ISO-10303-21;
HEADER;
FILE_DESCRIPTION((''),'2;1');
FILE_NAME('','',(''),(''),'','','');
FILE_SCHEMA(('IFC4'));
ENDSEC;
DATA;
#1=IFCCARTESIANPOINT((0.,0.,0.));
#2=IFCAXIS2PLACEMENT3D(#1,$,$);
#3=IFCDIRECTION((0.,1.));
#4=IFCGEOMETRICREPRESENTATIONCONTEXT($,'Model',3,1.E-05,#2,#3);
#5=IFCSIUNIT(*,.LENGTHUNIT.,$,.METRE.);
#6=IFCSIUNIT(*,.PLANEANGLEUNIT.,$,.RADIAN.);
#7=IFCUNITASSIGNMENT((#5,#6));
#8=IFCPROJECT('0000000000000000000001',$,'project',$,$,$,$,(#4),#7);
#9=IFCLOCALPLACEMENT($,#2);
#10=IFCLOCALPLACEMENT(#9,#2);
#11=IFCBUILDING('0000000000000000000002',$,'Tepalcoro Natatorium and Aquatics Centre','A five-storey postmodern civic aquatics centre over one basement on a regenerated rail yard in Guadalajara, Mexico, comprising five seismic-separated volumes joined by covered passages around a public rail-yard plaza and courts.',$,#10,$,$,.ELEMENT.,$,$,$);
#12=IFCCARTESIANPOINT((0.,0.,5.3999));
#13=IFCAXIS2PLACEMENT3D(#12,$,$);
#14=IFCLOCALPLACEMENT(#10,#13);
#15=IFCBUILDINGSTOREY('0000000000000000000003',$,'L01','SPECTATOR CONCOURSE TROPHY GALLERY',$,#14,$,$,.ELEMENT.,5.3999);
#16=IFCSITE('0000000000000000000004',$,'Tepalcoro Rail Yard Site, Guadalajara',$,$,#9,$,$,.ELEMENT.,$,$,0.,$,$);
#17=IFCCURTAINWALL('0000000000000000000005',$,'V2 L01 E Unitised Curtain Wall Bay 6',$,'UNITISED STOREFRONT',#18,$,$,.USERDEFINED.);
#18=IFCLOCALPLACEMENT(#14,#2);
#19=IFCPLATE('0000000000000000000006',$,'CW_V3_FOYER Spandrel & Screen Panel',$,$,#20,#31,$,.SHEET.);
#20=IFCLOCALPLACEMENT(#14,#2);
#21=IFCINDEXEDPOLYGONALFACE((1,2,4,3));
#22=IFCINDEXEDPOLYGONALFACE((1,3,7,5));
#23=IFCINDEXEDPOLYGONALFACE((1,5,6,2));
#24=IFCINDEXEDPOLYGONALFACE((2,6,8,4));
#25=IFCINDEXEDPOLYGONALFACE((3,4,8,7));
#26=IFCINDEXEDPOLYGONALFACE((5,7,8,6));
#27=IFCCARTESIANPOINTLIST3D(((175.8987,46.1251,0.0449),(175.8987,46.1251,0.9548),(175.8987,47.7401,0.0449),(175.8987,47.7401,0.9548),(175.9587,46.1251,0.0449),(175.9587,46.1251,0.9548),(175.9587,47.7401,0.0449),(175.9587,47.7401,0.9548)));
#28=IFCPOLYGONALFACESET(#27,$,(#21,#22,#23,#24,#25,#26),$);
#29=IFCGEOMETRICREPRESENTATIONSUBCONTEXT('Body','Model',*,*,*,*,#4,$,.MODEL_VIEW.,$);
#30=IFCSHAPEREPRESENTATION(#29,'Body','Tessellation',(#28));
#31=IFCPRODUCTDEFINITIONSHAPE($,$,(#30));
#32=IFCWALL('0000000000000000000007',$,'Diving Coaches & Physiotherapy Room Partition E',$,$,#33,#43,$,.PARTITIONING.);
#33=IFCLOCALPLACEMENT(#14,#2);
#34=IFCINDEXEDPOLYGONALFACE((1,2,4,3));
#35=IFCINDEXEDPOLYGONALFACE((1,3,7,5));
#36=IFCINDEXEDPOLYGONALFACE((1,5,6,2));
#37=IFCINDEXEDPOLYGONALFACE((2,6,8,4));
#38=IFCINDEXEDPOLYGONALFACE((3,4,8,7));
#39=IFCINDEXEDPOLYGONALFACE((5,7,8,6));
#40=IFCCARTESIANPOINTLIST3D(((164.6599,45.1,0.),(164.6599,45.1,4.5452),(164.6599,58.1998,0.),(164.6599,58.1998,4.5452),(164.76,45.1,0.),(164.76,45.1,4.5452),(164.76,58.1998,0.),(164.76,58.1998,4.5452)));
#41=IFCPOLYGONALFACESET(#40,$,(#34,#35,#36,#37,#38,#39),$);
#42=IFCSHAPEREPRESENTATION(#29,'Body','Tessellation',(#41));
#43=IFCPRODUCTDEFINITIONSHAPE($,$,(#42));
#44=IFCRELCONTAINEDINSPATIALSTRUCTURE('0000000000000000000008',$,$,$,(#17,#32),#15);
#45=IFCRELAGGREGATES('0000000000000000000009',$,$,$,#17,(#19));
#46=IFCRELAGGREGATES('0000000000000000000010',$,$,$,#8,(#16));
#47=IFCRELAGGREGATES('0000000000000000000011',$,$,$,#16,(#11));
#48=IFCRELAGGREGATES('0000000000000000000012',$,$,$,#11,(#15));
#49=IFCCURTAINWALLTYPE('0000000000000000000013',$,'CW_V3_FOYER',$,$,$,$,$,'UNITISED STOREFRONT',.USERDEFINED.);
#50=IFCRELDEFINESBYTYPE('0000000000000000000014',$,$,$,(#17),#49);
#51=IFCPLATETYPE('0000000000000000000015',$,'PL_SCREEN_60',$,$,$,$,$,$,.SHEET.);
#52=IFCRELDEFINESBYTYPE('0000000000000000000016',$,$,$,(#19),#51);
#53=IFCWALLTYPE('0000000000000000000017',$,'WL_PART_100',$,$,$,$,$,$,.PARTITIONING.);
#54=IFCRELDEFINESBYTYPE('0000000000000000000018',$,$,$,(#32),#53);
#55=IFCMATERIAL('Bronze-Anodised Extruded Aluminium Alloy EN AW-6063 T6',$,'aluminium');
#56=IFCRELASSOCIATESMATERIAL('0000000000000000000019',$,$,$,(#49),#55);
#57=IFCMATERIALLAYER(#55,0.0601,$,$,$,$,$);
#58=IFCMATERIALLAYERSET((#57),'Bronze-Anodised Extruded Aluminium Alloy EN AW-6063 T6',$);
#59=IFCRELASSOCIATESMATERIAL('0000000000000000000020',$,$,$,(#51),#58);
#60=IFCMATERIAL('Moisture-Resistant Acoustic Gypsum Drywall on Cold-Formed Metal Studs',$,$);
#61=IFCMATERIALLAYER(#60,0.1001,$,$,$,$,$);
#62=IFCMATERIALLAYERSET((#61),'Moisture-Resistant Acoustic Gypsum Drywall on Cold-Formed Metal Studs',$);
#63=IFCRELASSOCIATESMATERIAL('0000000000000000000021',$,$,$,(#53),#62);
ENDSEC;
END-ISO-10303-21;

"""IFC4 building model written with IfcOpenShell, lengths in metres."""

from ifc_helpers import new_model, si_unit, direction, frame, frame_2d, origin, origin_2d, place, context, subcontext, project, spatial, rectangle, extrude, material, layer, layer_set, type_object, element, aggregate, save


model = new_model("IFC4")

# Units and contexts
model_context = context("Model", 3, precision=1e-05, world=origin(), true_north=direction((0.0, 1.0)))
body_context = subcontext(model_context, "Body", "Model", "MODEL_VIEW")
ifc_project = project(units=[si_unit("LENGTHUNIT", "METRE"), si_unit("PLANEANGLEUNIT", "RADIAN")], contexts=[model_context])

# Site, building, storey
site_placement = place(None, origin())
site = spatial("IfcSite", under=ifc_project, at=site_placement, Name="Tepalcoro Rail Yard Site, Guadalajara", CompositionType="ELEMENT", RefElevation=0.0)
building_placement = place(site_placement, origin())
building = spatial("IfcBuilding", under=site, at=building_placement, Name="Tepalcoro Natatorium and Aquatics Centre", Description="A five-storey postmodern civic aquatics centre over one basement on a regenerated rail yard in Guadalajara, Mexico, comprising five seismic-separated volumes joined by covered passages around a public rail-yard plaza and courts.", CompositionType="ELEMENT")
storey_placement = place(building_placement, frame((0.0, 0.0, 5.3999)))
storey = spatial("IfcBuildingStorey", under=building, at=storey_placement, Name="L01", Description="SPECTATOR CONCOURSE TROPHY GALLERY", CompositionType="ELEMENT", Elevation=5.3999)

# Curtain wall
ifc_material_1 = material(Name="Bronze-Anodised Extruded Aluminium Alloy EN AW-6063 T6", Category="aluminium")
curtain_wall_type = type_object("IfcCurtainWallType", Name="CW_V3_FOYER", ElementType="UNITISED STOREFRONT", PredefinedType="USERDEFINED", material=ifc_material_1)
curtain_wall_placement = place(storey_placement, origin())
curtain_wall = element("IfcCurtainWall", 1, at=curtain_wall_placement, inside=storey, type_object=curtain_wall_type, Name="V2 L01 E Unitised Curtain Wall Bay 6", ObjectType="UNITISED STOREFRONT", PredefinedType="USERDEFINED")

# Plate
ifc_layer_1 = layer(ifc_material_1, 0.0601)
ifc_layer_set_1 = layer_set([ifc_layer_1], Name="Bronze-Anodised Extruded Aluminium Alloy EN AW-6063 T6")
plate_type_1 = type_object("IfcPlateType", Name="PL_SCREEN_60", PredefinedType="SHEET", material=ifc_layer_set_1)
plate_1_placement = place(storey_placement, frame((175.9287, 46.9326, 0.0449), z_axis=(0.0, 0.0, 1.0), x_axis=(1.0, 0.0, 0.0)))
plate_1 = element("IfcPlate", 2, at=plate_1_placement, type_object=plate_type_1, Name="CW_V3_FOYER Spandrel & Screen Panel", PredefinedType="SHEET", context=body_context, shape_type="SweptSolid", body=[
    extrude(rectangle(XDim=0.0601, YDim=1.615, at=origin_2d()), origin(), (0.0, 0.0, 1.0), 0.9099),
])
aggregate(curtain_wall, [plate_1])

# Wall
ifc_material_2 = material(Name="Moisture-Resistant Acoustic Gypsum Drywall on Cold-Formed Metal Studs")
ifc_layer_2 = layer(ifc_material_2, 0.1001)
ifc_layer_set_2 = layer_set([ifc_layer_2], Name="Moisture-Resistant Acoustic Gypsum Drywall on Cold-Formed Metal Studs")
wall_type = type_object("IfcWallType", Name="WL_PART_100", PredefinedType="PARTITIONING", material=ifc_layer_set_2)
wall_placement = place(storey_placement, frame((164.71, 45.1001, 0.0), z_axis=(0.0, 0.0, 1.0), x_axis=(0.0, 1.0, 0.0)))
element("IfcWall", 3, at=wall_placement, inside=storey, type_object=wall_type, Name="Diving Coaches & Physiotherapy Room Partition E", PredefinedType="PARTITIONING", context=body_context, shape_type="SweptSolid", body=[
    extrude(rectangle(XDim=13.0999, YDim=0.1001, at=frame_2d((6.5498, 0.0))), origin(), (0.0, 0.0, 1.0), 4.5452),
])

save(model, "model.ifc")
